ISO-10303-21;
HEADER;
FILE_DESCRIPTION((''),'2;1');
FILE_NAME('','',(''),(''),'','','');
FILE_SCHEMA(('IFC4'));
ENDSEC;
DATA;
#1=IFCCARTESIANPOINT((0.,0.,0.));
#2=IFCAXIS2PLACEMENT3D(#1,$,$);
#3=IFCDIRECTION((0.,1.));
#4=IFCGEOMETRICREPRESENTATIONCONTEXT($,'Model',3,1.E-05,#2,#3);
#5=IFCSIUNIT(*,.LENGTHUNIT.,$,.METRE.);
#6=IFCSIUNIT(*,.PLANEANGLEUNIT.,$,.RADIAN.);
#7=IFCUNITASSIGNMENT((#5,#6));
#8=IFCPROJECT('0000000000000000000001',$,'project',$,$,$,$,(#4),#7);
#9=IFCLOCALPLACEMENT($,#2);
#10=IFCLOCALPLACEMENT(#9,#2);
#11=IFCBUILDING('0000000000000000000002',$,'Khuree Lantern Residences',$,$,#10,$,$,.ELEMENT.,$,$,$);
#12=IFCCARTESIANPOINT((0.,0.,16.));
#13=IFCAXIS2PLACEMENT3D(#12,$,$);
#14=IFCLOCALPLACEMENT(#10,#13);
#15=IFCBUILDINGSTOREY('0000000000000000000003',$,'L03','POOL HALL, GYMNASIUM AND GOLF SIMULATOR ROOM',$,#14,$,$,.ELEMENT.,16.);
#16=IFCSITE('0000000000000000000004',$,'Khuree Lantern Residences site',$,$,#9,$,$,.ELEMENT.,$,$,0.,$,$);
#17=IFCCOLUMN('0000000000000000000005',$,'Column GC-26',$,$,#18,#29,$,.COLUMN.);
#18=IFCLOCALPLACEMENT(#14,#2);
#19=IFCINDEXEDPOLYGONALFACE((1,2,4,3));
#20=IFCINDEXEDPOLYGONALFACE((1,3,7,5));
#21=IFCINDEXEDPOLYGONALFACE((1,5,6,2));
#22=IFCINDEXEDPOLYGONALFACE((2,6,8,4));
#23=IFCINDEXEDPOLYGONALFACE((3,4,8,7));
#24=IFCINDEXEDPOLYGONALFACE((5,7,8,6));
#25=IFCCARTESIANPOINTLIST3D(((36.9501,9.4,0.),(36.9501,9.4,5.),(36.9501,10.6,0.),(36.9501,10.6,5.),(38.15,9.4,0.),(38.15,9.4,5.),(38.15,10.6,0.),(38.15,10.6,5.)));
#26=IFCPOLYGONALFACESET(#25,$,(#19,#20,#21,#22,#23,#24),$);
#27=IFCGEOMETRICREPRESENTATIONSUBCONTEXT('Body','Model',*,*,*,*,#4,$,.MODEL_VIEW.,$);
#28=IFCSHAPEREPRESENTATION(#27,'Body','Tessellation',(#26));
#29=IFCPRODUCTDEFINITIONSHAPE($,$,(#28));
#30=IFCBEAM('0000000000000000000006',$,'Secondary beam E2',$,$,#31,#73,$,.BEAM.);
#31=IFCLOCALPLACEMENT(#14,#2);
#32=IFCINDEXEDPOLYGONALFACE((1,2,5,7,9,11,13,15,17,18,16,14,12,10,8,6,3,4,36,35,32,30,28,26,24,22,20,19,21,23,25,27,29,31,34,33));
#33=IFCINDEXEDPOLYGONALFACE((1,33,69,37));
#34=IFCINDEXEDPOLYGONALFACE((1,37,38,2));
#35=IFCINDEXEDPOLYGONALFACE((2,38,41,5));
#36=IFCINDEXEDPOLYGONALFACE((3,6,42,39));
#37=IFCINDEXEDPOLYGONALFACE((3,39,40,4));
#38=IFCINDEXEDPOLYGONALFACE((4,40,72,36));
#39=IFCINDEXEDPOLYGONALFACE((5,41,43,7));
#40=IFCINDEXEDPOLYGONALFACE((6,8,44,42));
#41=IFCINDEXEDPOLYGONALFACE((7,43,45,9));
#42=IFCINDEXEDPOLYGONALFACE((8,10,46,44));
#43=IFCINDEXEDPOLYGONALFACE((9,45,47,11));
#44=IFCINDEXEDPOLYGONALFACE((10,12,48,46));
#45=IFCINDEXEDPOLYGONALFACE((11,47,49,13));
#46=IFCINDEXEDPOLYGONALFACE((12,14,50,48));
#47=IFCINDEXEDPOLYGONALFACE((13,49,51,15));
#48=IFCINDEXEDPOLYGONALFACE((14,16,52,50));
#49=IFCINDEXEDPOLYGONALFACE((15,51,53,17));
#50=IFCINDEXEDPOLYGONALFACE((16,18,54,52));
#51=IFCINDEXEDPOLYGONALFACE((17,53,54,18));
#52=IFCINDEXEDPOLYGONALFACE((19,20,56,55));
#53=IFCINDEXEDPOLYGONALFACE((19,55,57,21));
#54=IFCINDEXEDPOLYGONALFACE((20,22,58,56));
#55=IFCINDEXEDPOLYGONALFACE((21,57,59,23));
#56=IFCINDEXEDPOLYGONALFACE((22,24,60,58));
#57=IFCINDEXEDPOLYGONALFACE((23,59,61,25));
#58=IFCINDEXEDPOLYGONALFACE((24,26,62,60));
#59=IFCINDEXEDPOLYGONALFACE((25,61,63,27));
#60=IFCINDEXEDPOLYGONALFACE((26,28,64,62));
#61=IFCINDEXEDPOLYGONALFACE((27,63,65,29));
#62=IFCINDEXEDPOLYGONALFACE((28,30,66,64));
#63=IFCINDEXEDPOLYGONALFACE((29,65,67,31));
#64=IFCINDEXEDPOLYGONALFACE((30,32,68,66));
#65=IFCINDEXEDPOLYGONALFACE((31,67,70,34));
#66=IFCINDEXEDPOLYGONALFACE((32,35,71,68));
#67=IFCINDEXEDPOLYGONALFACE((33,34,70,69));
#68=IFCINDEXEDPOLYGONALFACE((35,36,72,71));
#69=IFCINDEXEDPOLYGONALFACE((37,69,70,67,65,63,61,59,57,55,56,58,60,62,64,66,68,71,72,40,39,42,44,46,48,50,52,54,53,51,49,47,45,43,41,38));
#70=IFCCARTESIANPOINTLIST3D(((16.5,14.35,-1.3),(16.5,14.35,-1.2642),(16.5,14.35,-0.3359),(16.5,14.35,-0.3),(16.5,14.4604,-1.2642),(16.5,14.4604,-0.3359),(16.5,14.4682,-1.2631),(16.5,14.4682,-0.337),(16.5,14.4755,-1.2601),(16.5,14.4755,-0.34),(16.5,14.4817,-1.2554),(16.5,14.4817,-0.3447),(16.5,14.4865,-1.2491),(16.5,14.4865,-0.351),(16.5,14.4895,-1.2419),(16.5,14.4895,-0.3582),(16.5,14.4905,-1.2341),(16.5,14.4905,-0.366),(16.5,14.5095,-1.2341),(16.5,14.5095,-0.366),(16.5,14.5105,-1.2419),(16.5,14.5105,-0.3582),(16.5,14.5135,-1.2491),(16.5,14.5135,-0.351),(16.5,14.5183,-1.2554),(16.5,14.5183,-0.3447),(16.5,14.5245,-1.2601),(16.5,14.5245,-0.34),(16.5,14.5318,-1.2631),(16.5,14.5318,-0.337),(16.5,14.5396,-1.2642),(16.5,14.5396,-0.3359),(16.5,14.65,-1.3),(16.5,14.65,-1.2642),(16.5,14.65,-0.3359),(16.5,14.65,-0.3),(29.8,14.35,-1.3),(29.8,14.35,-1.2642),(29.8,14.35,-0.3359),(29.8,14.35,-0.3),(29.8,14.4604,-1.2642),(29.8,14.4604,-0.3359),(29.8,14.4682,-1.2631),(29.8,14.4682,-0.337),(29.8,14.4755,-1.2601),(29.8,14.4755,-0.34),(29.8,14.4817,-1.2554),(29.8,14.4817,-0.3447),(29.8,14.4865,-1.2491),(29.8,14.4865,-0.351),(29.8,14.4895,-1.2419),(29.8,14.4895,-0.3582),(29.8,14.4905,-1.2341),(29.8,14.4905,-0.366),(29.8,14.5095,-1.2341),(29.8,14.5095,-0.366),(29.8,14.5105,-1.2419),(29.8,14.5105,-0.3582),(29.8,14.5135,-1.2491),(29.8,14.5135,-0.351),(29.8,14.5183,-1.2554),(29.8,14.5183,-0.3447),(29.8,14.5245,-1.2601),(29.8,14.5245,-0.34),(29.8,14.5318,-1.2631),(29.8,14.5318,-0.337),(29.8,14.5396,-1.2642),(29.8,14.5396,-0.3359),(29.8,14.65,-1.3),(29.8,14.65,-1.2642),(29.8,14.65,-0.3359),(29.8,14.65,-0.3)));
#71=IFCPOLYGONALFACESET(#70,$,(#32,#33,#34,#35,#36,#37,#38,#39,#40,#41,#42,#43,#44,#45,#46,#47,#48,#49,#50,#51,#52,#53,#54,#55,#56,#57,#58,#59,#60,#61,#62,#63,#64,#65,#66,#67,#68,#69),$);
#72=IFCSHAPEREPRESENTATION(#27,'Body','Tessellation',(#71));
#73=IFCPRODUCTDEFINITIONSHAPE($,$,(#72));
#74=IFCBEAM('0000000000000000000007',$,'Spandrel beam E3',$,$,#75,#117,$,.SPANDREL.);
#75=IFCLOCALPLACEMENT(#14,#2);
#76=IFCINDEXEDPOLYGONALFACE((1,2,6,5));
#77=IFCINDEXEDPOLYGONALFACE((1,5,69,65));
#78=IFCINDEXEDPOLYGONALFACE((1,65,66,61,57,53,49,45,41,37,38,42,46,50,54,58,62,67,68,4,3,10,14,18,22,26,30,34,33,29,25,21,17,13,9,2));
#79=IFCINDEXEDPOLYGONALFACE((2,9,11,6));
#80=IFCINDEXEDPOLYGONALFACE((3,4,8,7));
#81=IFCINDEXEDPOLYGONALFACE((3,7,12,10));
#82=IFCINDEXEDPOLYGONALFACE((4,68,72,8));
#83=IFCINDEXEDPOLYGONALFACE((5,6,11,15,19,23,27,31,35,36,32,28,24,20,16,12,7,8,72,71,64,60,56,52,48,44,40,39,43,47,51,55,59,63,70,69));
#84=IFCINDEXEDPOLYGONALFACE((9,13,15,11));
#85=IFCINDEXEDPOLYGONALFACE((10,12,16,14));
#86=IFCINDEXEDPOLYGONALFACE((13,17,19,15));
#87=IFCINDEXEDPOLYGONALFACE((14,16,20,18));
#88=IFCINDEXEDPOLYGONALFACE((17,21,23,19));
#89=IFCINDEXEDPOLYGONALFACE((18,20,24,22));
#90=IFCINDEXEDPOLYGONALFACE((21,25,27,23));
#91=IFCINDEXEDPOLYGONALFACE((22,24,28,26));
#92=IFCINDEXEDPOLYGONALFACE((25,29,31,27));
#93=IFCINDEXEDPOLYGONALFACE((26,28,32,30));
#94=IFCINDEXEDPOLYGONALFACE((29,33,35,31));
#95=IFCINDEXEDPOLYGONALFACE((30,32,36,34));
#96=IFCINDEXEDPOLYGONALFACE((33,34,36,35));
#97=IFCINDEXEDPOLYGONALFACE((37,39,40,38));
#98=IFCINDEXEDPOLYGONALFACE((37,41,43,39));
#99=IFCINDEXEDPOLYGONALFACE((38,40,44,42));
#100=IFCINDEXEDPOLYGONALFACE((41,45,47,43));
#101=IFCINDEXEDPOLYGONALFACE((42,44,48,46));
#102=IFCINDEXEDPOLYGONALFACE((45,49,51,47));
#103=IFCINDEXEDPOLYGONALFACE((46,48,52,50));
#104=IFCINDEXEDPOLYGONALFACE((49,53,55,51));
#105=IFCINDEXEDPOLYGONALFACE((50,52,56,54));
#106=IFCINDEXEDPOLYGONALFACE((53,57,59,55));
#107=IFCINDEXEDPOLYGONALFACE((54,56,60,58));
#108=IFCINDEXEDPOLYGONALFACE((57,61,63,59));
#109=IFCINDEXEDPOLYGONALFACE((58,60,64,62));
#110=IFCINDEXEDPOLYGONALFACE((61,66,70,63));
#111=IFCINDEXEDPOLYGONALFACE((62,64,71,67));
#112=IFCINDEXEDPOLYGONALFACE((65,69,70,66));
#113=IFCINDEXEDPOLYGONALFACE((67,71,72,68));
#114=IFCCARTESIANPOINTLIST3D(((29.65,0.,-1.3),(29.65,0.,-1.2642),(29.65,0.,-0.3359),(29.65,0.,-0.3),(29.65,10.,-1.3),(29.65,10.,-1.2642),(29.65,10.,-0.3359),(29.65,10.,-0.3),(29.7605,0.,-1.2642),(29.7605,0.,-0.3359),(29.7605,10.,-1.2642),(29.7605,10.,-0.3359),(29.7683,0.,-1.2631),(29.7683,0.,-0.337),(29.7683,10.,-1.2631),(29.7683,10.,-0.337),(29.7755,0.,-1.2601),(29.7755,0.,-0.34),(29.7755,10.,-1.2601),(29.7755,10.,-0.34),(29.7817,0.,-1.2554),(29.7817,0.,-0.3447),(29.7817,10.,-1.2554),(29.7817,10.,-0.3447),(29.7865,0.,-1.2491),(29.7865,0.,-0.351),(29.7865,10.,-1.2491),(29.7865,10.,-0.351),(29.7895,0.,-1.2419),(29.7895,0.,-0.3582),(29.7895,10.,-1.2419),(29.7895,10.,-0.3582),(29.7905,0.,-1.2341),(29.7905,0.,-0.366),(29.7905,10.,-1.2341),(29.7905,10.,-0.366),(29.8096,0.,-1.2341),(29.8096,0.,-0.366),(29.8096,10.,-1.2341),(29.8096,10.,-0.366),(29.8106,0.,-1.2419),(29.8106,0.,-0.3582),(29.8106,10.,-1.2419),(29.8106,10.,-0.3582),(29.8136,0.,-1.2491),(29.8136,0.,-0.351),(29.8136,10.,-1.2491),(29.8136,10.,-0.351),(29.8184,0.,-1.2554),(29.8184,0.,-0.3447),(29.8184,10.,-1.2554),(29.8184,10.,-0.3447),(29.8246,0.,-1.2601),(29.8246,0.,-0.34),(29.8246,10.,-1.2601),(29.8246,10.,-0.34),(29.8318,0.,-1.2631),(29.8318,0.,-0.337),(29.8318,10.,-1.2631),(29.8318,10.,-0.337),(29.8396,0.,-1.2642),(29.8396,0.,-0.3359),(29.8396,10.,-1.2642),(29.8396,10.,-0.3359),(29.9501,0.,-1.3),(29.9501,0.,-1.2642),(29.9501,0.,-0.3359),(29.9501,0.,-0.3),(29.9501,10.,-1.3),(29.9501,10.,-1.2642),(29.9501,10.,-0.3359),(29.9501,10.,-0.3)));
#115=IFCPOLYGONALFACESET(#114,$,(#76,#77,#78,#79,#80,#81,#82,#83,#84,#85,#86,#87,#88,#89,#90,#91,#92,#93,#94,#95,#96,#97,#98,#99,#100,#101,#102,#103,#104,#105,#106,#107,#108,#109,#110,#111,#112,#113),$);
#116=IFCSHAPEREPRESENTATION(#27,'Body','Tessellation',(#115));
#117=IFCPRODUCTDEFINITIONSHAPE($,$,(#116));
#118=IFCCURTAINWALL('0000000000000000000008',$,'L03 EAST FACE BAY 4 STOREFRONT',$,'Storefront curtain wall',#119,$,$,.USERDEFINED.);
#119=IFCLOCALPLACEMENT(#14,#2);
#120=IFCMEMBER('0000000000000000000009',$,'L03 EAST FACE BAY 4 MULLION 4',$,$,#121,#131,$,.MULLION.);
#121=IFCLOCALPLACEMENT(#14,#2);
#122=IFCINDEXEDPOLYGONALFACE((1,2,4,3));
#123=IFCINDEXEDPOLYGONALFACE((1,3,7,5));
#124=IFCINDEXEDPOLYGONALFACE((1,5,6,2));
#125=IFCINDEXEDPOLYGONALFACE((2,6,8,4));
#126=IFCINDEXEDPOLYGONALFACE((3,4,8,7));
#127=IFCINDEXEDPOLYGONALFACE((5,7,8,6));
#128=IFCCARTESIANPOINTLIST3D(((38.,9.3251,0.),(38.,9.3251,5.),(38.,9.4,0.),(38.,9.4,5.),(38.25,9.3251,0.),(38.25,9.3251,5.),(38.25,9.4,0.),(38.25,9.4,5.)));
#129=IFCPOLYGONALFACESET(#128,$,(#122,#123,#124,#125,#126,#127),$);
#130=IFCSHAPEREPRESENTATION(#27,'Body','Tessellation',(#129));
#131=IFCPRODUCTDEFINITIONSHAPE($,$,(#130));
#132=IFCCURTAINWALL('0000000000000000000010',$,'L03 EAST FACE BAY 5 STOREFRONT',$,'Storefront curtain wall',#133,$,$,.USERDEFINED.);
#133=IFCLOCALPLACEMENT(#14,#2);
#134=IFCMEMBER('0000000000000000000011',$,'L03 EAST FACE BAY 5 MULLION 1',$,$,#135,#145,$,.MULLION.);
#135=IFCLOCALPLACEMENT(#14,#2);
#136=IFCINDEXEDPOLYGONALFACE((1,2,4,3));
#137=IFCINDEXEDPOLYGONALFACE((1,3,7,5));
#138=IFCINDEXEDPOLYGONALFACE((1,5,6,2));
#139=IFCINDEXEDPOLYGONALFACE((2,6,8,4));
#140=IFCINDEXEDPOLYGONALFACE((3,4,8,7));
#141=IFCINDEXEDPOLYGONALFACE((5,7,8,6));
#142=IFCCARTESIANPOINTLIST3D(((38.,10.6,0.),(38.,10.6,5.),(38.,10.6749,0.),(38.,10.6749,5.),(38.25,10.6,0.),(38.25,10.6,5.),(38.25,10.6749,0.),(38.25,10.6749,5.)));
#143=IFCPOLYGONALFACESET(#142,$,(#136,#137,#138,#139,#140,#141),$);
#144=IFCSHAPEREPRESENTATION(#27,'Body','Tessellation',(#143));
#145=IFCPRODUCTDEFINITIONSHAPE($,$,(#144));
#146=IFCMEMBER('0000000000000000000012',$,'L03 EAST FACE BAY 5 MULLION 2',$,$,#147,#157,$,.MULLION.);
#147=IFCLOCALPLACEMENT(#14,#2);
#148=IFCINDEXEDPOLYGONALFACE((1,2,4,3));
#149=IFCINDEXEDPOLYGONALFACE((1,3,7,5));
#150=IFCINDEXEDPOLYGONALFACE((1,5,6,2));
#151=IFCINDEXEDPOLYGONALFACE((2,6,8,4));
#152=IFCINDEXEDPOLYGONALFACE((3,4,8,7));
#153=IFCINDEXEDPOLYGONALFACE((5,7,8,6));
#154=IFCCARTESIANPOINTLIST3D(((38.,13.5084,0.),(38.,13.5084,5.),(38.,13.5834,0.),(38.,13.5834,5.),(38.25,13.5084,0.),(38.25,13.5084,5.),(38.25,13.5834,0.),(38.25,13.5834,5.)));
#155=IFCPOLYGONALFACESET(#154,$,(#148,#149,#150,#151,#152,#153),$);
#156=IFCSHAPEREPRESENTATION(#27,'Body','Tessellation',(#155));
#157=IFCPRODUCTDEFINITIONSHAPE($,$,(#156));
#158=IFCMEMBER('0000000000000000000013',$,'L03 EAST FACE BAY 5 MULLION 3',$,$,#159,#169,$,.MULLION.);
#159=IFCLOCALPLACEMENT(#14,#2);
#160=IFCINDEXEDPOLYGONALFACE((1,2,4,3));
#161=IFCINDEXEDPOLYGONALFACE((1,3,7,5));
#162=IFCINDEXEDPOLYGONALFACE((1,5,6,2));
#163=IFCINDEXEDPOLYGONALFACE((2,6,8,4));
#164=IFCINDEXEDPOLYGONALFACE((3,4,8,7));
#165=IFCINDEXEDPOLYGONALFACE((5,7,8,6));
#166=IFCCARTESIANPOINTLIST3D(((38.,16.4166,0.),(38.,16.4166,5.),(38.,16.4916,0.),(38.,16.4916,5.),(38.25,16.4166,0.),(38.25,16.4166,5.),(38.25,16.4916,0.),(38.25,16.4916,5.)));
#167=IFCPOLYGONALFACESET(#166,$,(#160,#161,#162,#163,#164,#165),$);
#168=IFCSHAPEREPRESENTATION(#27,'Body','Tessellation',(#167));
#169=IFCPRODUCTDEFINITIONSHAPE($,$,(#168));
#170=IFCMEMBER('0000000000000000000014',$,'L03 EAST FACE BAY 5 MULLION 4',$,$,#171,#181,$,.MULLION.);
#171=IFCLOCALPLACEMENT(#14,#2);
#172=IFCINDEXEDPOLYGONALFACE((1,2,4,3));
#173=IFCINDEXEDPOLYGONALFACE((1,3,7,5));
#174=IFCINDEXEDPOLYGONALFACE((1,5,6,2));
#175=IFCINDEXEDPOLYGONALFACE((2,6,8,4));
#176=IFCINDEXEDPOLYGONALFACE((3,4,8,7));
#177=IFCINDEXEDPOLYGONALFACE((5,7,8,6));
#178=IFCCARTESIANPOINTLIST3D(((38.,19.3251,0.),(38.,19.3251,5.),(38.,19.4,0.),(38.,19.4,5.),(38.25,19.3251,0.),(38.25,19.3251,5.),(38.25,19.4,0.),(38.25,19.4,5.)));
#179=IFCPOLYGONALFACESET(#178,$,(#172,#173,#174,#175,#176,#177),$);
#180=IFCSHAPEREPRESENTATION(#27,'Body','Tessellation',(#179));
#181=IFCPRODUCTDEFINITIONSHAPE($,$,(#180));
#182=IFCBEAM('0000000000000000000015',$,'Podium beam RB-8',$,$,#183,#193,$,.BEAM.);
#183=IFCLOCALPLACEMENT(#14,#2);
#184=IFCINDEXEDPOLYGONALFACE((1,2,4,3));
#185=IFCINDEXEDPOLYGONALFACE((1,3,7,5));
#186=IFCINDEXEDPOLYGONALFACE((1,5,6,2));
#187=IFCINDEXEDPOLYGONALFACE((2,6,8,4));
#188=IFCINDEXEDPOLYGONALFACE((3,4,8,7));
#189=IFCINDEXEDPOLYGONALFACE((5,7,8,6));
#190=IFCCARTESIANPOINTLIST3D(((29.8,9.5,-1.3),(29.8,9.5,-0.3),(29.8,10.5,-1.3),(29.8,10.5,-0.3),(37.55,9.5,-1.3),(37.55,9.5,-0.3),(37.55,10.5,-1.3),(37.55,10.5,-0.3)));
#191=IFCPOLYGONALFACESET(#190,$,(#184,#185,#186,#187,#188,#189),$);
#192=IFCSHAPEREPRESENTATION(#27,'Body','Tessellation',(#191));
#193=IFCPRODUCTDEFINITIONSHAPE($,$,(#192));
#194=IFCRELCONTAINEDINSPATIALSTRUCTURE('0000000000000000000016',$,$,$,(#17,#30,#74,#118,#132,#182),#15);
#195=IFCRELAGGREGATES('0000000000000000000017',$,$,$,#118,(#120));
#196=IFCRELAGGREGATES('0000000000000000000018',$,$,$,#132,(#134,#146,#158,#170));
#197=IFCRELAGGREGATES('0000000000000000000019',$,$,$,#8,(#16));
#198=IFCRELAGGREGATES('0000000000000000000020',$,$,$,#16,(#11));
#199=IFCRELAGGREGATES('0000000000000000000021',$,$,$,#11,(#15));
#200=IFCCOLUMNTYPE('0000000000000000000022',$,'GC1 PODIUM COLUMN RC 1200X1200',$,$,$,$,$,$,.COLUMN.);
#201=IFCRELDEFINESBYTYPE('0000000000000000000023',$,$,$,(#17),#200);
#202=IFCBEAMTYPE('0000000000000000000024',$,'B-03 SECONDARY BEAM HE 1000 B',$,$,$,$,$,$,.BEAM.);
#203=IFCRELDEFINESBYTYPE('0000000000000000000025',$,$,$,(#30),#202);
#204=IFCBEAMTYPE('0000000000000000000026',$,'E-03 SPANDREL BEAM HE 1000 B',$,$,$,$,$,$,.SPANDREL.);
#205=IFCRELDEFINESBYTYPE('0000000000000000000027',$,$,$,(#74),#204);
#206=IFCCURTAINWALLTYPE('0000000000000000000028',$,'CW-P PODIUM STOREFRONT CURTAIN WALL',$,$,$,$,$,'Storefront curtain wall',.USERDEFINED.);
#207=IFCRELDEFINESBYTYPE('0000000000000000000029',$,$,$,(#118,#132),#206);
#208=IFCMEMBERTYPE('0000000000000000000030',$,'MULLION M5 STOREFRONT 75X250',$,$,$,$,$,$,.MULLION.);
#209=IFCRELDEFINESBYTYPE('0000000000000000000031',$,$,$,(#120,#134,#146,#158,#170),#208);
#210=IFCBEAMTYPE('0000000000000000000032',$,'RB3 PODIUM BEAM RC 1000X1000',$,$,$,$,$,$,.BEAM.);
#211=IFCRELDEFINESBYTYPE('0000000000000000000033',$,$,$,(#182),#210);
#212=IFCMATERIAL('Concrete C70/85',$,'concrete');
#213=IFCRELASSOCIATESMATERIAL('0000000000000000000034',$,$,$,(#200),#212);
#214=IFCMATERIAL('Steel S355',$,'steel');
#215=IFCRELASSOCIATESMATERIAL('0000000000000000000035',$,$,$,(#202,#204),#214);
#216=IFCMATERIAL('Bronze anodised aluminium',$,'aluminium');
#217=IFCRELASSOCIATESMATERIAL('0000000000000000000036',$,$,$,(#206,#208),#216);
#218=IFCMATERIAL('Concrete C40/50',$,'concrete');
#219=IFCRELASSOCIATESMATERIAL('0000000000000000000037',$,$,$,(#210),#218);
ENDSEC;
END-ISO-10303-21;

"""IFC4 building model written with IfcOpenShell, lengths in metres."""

from ifc_helpers import new_model, si_unit, direction, frame, origin, origin_2d, place, context, subcontext, project, spatial, rectangle, i_section, extrude, material, material_profile, profile_set, type_object, element, aggregate, save


model = new_model("IFC4")

# Units and contexts
model_context = context("Model", 3, precision=1e-05, world=origin(), true_north=direction((0.0, 1.0)))
body_context = subcontext(model_context, "Body", "Model", "MODEL_VIEW")
ifc_project = project(units=[si_unit("LENGTHUNIT", "METRE"), si_unit("PLANEANGLEUNIT", "RADIAN")], contexts=[model_context])

# Site, building, storey
site_placement = place(None, origin())
site = spatial("IfcSite", under=ifc_project, at=site_placement, Name="Khuree Lantern Residences site", CompositionType="ELEMENT", RefElevation=0.0)
building_placement = place(site_placement, origin())
building = spatial("IfcBuilding", under=site, at=building_placement, Name="Khuree Lantern Residences", CompositionType="ELEMENT")
storey_placement = place(building_placement, frame((0.0, 0.0, 16.0)))
storey = spatial("IfcBuildingStorey", under=building, at=storey_placement, Name="L03", Description="POOL HALL, GYMNASIUM AND GOLF SIMULATOR ROOM", CompositionType="ELEMENT", Elevation=16.0)

# Column
ifc_material_1 = material(Name="Concrete C70/85", Category="concrete")
ifc_material_profile_1 = material_profile(ifc_material_1, rectangle(XDim=1.2, YDim=1.2, at=origin_2d()), Name="RC 1200X1200")
ifc_profile_set_1 = profile_set([ifc_material_profile_1], Name="Concrete C70/85")
column_type = type_object("IfcColumnType", Name="GC1 PODIUM COLUMN RC 1200X1200", PredefinedType="COLUMN", material=ifc_profile_set_1)
column_placement = place(storey_placement, frame((37.55, 10.0, 0.0), z_axis=(0.0, 0.0, 1.0), x_axis=(1.0, 0.0, 0.0)))
element("IfcColumn", 1, at=column_placement, inside=storey, type_object=column_type, Name="Column GC-26", PredefinedType="COLUMN", context=body_context, shape_type="SweptSolid", body=[
    extrude(rectangle(XDim=1.2, YDim=1.2, at=origin_2d()), origin(), (0.0, 0.0, 1.0), 5.0),
])

# Beams
ifc_material_2 = material(Name="Steel S355", Category="steel")
ifc_material_profile_2 = material_profile(ifc_material_2, i_section(OverallWidth=0.3, OverallDepth=1.0, WebThickness=0.019, FlangeThickness=0.0359, FilletRadius=0.03, at=origin_2d()), Name="HE 1000 B")
ifc_profile_set_2 = profile_set([ifc_material_profile_2], Name="Steel S355")
beam_type_1 = type_object("IfcBeamType", Name="B-03 SECONDARY BEAM HE 1000 B", PredefinedType="BEAM", material=ifc_profile_set_2)
beam_1_placement = place(storey_placement, frame((29.8, 14.5, -0.8), z_axis=(-1.0, 0.0, 0.0), x_axis=(0.0, -1.0, 0.0)))
element("IfcBeam", 2, at=beam_1_placement, inside=storey, type_object=beam_type_1, Name="Secondary beam E2", PredefinedType="BEAM", context=body_context, shape_type="SweptSolid", body=[
    extrude(i_section(OverallWidth=0.3, OverallDepth=1.0, WebThickness=0.019, FlangeThickness=0.0359, FilletRadius=0.03, at=origin_2d()), origin(), (0.0, 0.0, 1.0), 13.3),
])
ifc_material_profile_3 = material_profile(ifc_material_2, i_section(OverallWidth=0.3, OverallDepth=1.0, WebThickness=0.019, FlangeThickness=0.0359, FilletRadius=0.03, at=origin_2d()), Name="HE 1000 B")
ifc_profile_set_3 = profile_set([ifc_material_profile_3], Name="Steel S355")
beam_type_2 = type_object("IfcBeamType", Name="E-03 SPANDREL BEAM HE 1000 B", PredefinedType="SPANDREL", material=ifc_profile_set_3)
beam_2_placement = place(storey_placement, frame((29.8, 10.0, -0.8), z_axis=(0.0, -1.0, 0.0), x_axis=(1.0, 0.0, 0.0)))
element("IfcBeam", 3, at=beam_2_placement, inside=storey, type_object=beam_type_2, Name="Spandrel beam E3", PredefinedType="SPANDREL", context=body_context, shape_type="SweptSolid", body=[
    extrude(i_section(OverallWidth=0.3, OverallDepth=1.0, WebThickness=0.019, FlangeThickness=0.0359, FilletRadius=0.03, at=origin_2d()), origin(), (0.0, 0.0, 1.0), 10.0),
])

# Curtain wall, member
ifc_material_3 = material(Name="Bronze anodised aluminium", Category="aluminium")
curtain_wall_type = type_object("IfcCurtainWallType", Name="CW-P PODIUM STOREFRONT CURTAIN WALL", ElementType="Storefront curtain wall", PredefinedType="USERDEFINED", material=ifc_material_3)
curtain_wall_1_placement = place(storey_placement, origin())
curtain_wall_1 = element("IfcCurtainWall", 4, at=curtain_wall_1_placement, inside=storey, type_object=curtain_wall_type, Name="L03 EAST FACE BAY 4 STOREFRONT", ObjectType="Storefront curtain wall", PredefinedType="USERDEFINED")
ifc_material_profile_4 = material_profile(ifc_material_3, rectangle(XDim=0.075, YDim=0.25, at=origin_2d()), Name="M5 75X250")
ifc_profile_set_4 = profile_set([ifc_material_profile_4], Name="Bronze anodised aluminium")
member_type_1 = type_object("IfcMemberType", Name="MULLION M5 STOREFRONT 75X250", PredefinedType="MULLION", material=ifc_profile_set_4)
member_1_placement = place(storey_placement, frame((38.125, 9.3625, 0.0), z_axis=(0.0, 0.0, 1.0), x_axis=(0.0, 1.0, 0.0)))
member_1 = element("IfcMember", 5, at=member_1_placement, type_object=member_type_1, Name="L03 EAST FACE BAY 4 MULLION 4", PredefinedType="MULLION", context=body_context, shape_type="SweptSolid", body=[
    extrude(rectangle(XDim=0.075, YDim=0.25, at=origin_2d()), origin(), (0.0, 0.0, 1.0), 5.0),
])

# Curtain wall, members
curtain_wall_2_placement = place(storey_placement, origin())
curtain_wall_2 = element("IfcCurtainWall", 6, at=curtain_wall_2_placement, inside=storey, type_object=curtain_wall_type, Name="L03 EAST FACE BAY 5 STOREFRONT", ObjectType="Storefront curtain wall", PredefinedType="USERDEFINED")
member_2_placement = place(storey_placement, frame((38.125, 10.6375, 0.0), z_axis=(0.0, 0.0, 1.0), x_axis=(0.0, 1.0, 0.0)))
member_2 = element("IfcMember", 7, at=member_2_placement, type_object=member_type_1, Name="L03 EAST FACE BAY 5 MULLION 1", PredefinedType="MULLION", context=body_context, shape_type="SweptSolid", body=[
    extrude(rectangle(XDim=0.075, YDim=0.25, at=origin_2d()), origin(), (0.0, 0.0, 1.0), 5.0),
])
member_3_placement = place(storey_placement, frame((38.125, 13.5459, 0.0), z_axis=(0.0, 0.0, 1.0), x_axis=(0.0, 1.0, 0.0)))
member_3 = element("IfcMember", 8, at=member_3_placement, type_object=member_type_1, Name="L03 EAST FACE BAY 5 MULLION 2", PredefinedType="MULLION", context=body_context, shape_type="SweptSolid", body=[
    extrude(rectangle(XDim=0.075, YDim=0.25, at=origin_2d()), origin(), (0.0, 0.0, 1.0), 5.0),
])
member_4_placement = place(storey_placement, frame((38.125, 16.4541, 0.0), z_axis=(0.0, 0.0, 1.0), x_axis=(0.0, 1.0, 0.0)))
member_4 = element("IfcMember", 9, at=member_4_placement, type_object=member_type_1, Name="L03 EAST FACE BAY 5 MULLION 3", PredefinedType="MULLION", context=body_context, shape_type="SweptSolid", body=[
    extrude(rectangle(XDim=0.075, YDim=0.25, at=origin_2d()), origin(), (0.0, 0.0, 1.0), 5.0),
])
member_5_placement = place(storey_placement, frame((38.125, 19.3625, 0.0), z_axis=(0.0, 0.0, 1.0), x_axis=(0.0, 1.0, 0.0)))
member_5 = element("IfcMember", 10, at=member_5_placement, type_object=member_type_1, Name="L03 EAST FACE BAY 5 MULLION 4", PredefinedType="MULLION", context=body_context, shape_type="SweptSolid", body=[
    extrude(rectangle(XDim=0.075, YDim=0.25, at=origin_2d()), origin(), (0.0, 0.0, 1.0), 5.0),
])

# Beam
ifc_material_4 = material(Name="Concrete C40/50", Category="concrete")
ifc_material_profile_5 = material_profile(ifc_material_4, rectangle(XDim=1.0, YDim=1.0, at=origin_2d()), Name="RC 1000X1000")
ifc_profile_set_5 = profile_set([ifc_material_profile_5], Name="Concrete C40/50")
beam_type_3 = type_object("IfcBeamType", Name="RB3 PODIUM BEAM RC 1000X1000", PredefinedType="BEAM", material=ifc_profile_set_5)
beam_3_placement = place(storey_placement, frame((29.8, 10.0, -0.8), z_axis=(1.0, 0.0, 0.0), x_axis=(0.0, 1.0, 0.0)))
element("IfcBeam", 11, at=beam_3_placement, inside=storey, type_object=beam_type_3, Name="Podium beam RB-8", PredefinedType="BEAM", context=body_context, shape_type="SweptSolid", body=[
    extrude(rectangle(XDim=1.0, YDim=1.0, at=origin_2d()), origin(), (0.0, 0.0, 1.0), 7.75),
])

aggregate(curtain_wall_1, [member_1])
aggregate(curtain_wall_2, [member_2, member_3, member_4, member_5])

save(model, "model.ifc")
